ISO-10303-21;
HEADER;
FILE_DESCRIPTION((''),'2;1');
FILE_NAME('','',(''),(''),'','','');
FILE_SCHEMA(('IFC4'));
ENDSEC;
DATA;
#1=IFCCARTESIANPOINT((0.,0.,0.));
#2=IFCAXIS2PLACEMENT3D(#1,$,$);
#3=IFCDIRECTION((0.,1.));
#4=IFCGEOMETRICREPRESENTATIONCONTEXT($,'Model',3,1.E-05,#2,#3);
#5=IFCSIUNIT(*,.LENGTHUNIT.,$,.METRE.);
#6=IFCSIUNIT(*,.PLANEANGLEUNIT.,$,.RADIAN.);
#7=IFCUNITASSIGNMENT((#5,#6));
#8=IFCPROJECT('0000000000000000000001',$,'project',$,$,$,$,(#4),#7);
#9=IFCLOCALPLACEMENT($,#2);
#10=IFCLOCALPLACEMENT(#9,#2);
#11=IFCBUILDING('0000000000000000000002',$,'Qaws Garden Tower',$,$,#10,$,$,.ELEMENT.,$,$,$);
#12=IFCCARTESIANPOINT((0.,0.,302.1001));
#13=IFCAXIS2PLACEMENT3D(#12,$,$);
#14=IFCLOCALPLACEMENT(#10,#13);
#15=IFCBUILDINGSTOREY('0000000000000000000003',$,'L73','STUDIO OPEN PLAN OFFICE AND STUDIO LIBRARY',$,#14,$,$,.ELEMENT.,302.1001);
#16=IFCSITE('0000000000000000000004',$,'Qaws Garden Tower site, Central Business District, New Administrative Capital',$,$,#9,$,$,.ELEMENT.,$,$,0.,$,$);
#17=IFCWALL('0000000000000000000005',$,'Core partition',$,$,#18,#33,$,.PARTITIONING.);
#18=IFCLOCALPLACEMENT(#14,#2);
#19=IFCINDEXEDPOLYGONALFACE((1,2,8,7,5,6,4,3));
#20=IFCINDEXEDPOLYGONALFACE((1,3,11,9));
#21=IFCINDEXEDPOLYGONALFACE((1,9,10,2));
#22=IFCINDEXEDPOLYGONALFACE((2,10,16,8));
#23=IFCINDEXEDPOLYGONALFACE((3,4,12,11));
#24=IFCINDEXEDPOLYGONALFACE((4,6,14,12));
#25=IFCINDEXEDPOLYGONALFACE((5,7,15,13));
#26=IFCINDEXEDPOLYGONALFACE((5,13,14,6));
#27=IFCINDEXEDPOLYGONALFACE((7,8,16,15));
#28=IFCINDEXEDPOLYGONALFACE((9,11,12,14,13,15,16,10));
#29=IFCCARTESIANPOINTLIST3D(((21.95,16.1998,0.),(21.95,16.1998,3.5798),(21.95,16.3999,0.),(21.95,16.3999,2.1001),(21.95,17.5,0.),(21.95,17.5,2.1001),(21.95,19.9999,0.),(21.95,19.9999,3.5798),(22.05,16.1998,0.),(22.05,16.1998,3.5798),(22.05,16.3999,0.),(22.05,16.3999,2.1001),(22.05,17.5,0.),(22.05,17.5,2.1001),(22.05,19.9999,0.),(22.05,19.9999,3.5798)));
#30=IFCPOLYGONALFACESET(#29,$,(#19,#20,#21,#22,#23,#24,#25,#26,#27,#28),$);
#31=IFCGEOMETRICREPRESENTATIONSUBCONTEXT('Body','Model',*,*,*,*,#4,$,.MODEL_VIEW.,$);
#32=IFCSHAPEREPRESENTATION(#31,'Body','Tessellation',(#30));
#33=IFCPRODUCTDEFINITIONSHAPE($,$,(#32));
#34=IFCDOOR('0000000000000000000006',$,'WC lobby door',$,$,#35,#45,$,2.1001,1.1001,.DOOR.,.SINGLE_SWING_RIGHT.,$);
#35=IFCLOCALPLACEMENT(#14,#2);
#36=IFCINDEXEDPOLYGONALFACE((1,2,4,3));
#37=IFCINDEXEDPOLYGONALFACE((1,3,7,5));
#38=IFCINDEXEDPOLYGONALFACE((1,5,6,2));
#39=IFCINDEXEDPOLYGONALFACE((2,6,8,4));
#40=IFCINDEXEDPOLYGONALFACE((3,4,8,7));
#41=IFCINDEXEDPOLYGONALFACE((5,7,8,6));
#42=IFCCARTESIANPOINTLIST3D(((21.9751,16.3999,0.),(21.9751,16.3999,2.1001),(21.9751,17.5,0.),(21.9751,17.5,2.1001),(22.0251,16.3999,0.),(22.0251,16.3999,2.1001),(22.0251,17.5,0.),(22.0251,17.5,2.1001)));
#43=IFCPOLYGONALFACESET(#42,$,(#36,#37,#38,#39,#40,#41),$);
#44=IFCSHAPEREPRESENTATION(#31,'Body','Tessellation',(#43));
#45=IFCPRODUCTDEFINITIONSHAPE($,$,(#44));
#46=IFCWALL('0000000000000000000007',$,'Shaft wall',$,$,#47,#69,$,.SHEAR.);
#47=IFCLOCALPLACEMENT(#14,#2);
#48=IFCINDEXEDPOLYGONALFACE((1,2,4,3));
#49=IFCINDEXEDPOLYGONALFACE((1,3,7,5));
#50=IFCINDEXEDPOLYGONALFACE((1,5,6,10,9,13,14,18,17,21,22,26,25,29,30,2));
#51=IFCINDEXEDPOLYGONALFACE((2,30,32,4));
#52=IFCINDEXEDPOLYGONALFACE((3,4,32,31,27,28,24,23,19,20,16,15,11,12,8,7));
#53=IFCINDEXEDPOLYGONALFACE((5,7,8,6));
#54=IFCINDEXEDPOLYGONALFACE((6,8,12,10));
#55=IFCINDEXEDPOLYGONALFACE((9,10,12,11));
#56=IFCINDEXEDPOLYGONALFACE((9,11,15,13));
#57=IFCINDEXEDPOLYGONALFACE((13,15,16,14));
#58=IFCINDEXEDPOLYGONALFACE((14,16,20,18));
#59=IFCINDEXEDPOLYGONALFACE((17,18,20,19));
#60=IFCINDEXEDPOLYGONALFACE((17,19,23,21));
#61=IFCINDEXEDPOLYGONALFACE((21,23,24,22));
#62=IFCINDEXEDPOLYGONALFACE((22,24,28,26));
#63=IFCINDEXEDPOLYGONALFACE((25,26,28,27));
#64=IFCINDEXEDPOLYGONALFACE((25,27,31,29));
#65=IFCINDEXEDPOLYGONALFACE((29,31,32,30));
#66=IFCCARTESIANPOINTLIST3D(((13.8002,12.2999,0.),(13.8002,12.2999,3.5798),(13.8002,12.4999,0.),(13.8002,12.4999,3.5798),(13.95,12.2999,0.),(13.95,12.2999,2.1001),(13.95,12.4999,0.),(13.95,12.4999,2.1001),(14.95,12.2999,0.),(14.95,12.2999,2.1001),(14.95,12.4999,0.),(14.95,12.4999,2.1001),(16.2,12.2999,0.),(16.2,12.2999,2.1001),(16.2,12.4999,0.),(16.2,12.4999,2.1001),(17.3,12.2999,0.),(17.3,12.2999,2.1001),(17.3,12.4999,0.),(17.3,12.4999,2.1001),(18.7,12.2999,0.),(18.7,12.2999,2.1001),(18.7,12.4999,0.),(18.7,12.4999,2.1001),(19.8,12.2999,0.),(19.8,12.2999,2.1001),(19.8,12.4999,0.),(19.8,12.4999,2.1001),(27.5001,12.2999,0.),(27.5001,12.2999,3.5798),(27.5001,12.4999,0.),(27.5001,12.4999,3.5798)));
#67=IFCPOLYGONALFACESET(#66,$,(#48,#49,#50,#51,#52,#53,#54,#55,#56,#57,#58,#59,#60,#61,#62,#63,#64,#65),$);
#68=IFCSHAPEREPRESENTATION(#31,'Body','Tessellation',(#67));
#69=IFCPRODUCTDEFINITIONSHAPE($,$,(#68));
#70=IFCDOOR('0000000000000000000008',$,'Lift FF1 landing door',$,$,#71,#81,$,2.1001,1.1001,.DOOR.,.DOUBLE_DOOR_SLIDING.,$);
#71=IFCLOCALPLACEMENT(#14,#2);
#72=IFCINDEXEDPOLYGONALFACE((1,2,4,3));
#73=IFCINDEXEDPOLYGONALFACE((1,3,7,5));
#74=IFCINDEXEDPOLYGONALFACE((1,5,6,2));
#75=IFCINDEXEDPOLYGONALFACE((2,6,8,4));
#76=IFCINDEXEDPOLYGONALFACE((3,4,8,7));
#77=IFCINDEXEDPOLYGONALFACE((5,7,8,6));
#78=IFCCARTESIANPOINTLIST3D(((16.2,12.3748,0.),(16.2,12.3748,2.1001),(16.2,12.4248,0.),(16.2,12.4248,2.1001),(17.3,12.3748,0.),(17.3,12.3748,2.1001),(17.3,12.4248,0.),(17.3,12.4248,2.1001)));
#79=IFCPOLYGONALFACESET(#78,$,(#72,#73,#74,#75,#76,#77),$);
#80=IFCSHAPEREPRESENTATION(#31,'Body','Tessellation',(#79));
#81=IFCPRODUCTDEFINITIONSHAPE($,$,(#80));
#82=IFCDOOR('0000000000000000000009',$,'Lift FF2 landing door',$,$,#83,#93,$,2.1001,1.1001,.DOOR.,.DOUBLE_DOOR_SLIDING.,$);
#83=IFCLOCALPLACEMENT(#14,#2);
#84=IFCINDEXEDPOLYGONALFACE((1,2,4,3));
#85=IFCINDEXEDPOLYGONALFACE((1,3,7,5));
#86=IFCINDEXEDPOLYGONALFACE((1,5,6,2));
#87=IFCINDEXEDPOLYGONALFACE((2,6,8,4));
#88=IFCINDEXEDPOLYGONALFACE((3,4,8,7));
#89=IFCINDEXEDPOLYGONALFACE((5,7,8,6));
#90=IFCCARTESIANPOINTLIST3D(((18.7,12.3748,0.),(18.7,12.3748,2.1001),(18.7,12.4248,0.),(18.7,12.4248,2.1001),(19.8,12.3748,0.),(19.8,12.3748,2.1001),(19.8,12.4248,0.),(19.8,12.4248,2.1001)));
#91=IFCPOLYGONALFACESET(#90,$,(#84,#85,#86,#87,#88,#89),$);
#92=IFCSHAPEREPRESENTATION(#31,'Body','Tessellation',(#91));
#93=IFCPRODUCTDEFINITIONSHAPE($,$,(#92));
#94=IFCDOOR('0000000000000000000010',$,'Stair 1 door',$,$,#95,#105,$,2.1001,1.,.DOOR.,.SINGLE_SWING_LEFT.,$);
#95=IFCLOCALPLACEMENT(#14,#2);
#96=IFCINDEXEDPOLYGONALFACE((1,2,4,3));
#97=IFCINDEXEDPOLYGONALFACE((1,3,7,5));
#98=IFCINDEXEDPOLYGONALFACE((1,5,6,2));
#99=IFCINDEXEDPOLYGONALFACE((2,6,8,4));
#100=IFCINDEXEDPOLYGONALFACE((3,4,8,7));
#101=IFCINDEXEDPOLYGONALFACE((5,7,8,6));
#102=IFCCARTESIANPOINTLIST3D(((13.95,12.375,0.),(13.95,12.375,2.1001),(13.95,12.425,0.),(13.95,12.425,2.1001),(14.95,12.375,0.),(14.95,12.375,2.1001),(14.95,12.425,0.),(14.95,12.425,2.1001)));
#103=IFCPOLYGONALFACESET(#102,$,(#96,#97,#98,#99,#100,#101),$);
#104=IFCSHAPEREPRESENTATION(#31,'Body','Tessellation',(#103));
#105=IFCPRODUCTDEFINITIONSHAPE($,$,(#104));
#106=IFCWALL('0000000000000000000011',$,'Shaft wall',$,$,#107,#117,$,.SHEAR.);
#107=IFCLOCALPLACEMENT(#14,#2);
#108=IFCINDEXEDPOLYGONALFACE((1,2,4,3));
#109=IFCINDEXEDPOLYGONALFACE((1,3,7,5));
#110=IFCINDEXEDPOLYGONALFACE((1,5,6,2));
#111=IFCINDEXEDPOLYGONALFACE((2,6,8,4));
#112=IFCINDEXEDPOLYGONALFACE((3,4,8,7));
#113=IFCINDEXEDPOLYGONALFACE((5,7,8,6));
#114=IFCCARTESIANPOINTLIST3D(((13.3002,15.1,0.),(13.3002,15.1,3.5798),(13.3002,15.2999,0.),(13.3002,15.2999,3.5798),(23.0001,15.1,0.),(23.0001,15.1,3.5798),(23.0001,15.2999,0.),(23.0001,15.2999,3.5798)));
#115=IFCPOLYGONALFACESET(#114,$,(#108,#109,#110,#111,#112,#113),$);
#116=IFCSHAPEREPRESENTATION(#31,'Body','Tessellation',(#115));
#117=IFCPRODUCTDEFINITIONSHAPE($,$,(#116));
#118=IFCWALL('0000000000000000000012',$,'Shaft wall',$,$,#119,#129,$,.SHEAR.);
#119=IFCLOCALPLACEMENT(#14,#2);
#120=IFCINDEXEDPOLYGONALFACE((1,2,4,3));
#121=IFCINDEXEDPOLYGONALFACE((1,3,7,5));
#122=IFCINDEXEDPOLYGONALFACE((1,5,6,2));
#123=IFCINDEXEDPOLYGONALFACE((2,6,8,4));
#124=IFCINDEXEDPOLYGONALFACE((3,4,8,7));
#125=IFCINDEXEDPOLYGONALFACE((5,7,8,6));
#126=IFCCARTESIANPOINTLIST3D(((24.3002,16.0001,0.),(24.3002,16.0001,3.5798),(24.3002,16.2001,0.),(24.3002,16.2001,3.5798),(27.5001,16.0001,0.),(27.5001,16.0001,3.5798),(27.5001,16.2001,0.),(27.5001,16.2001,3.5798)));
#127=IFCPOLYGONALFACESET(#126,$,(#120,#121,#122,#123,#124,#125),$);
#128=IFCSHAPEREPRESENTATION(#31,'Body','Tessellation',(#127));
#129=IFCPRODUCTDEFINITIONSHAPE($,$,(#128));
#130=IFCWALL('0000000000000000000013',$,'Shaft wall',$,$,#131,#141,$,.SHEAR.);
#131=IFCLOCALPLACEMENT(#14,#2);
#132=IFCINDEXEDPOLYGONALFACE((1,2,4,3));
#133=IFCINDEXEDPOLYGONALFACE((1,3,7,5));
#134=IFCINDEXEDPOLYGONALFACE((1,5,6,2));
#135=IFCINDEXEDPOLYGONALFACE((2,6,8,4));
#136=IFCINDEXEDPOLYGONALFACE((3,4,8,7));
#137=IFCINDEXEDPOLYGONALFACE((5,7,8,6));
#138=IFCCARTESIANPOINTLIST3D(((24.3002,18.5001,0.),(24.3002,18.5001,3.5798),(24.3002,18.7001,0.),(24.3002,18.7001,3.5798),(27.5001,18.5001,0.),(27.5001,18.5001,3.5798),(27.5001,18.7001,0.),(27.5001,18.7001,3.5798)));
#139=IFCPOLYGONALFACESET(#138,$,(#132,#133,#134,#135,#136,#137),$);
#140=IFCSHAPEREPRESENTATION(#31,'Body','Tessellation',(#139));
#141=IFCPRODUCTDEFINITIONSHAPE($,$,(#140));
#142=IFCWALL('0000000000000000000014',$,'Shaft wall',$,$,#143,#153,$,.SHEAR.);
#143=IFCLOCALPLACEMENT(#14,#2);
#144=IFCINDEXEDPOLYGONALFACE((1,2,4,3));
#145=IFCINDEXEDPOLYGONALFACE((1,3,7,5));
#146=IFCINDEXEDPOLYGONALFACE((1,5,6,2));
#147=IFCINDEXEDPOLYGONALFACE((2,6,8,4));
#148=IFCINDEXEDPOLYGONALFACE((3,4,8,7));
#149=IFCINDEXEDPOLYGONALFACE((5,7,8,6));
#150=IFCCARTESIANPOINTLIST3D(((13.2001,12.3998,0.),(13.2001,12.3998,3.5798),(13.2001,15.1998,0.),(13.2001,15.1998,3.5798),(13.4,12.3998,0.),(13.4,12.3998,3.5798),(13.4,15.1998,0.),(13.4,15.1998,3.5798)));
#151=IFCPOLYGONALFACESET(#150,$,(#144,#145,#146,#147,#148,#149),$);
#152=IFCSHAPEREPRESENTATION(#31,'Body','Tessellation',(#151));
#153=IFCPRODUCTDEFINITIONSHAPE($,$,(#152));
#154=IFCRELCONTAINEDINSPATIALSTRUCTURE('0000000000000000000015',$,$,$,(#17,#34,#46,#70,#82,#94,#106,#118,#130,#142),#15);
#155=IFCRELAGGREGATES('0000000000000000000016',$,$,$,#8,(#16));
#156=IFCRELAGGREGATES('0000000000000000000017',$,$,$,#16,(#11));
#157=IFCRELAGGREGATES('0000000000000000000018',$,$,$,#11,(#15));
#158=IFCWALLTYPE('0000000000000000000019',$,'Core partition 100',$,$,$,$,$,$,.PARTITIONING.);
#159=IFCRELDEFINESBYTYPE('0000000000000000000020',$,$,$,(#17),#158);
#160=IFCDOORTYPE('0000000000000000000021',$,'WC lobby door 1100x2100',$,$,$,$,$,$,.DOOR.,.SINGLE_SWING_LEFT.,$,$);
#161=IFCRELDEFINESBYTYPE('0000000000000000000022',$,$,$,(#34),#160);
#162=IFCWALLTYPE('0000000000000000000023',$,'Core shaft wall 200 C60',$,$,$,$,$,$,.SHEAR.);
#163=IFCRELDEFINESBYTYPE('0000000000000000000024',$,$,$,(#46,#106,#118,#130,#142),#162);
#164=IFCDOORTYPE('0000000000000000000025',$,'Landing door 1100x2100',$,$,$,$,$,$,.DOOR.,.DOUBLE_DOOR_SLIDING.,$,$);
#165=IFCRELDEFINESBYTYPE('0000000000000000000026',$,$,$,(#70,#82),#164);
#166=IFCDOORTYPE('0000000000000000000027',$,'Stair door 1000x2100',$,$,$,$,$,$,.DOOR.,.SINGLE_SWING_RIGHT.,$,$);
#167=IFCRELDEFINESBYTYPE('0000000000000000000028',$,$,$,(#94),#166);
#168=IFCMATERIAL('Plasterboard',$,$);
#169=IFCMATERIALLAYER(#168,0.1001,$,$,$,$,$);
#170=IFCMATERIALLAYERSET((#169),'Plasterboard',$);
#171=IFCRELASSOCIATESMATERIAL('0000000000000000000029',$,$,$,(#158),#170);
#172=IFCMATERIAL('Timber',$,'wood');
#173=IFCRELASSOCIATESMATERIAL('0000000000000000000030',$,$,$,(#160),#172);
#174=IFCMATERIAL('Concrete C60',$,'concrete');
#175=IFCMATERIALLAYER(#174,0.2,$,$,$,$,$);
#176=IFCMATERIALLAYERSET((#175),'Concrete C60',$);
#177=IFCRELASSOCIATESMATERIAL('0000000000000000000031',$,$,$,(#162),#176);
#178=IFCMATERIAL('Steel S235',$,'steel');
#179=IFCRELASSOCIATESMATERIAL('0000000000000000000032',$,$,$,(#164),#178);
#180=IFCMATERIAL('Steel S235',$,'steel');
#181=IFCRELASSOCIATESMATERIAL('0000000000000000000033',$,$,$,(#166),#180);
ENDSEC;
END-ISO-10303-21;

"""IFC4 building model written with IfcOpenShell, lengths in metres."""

from ifc_helpers import new_model, si_unit, direction, frame, frame_2d, origin, place, context, subcontext, project, spatial, rectangle, extrude, material, layer, layer_set, type_object, element, fill, save


model = new_model("IFC4")

# Units and contexts
model_context = context("Model", 3, precision=1e-05, world=origin(), true_north=direction((0.0, 1.0)))
body_context = subcontext(model_context, "Body", "Model", "MODEL_VIEW")
ifc_project = project(units=[si_unit("LENGTHUNIT", "METRE"), si_unit("PLANEANGLEUNIT", "RADIAN")], contexts=[model_context])

# Site, building, storey
site_placement = place(None, origin())
site = spatial("IfcSite", under=ifc_project, at=site_placement, Name="Qaws Garden Tower site, Central Business District, New Administrative Capital", CompositionType="ELEMENT", RefElevation=0.0)
building_placement = place(site_placement, origin())
building = spatial("IfcBuilding", under=site, at=building_placement, Name="Qaws Garden Tower", CompositionType="ELEMENT")
storey_placement = place(building_placement, frame((0.0, 0.0, 302.1001)))
storey = spatial("IfcBuildingStorey", under=building, at=storey_placement, Name="L73", Description="STUDIO OPEN PLAN OFFICE AND STUDIO LIBRARY", CompositionType="ELEMENT", Elevation=302.1001)

# Shared definitions
ifc_material_1 = material(Name="Plasterboard")
ifc_layer_1 = layer(ifc_material_1, 0.1001)
ifc_layer_set_1 = layer_set([ifc_layer_1], Name="Plasterboard")
wall_type_1 = type_object("IfcWallType", Name="Core partition 100", PredefinedType="PARTITIONING", material=ifc_layer_set_1)

# Wall, opening, door
wall_1_placement = place(storey_placement, frame((22.0, 16.2, 0.0), z_axis=(0.0, 0.0, 1.0), x_axis=(0.0, 1.0, 0.0)))
wall_1 = element("IfcWall", 1, at=wall_1_placement, inside=storey, type_object=wall_type_1, Name="Core partition", PredefinedType="PARTITIONING", context=body_context, shape_type="SweptSolid", body=[
    extrude(rectangle(XDim=3.8, YDim=0.1001, at=frame_2d((1.8999, 0.0))), origin(), (0.0, 0.0, 1.0), 3.5798),
])
opening_1_placement = place(wall_1_placement, frame((0.2, 0.0, 0.0)))
opening_1 = element("IfcOpeningElement", 2, at=opening_1_placement, cuts=wall_1, PredefinedType="OPENING", context=body_context, shape_type="SweptSolid", body=[
    extrude(rectangle(XDim=1.1001, YDim=2.1001, at=frame_2d((0.55, 1.05))), frame((0.0, 0.0601, 0.0), z_axis=(0.0, -1.0, 0.0), x_axis=(1.0, 0.0, 0.0)), (0.0, 0.0, 1.0), 0.1201),
])
ifc_material_2 = material(Name="Timber", Category="wood")
door_type_1 = type_object("IfcDoorType", Name="WC lobby door 1100x2100", OperationType="SINGLE_SWING_LEFT", PredefinedType="DOOR", material=ifc_material_2)
door_1_placement = place(opening_1_placement, origin())
door_1 = element("IfcDoor", 3, at=door_1_placement, inside=storey, type_object=door_type_1, Name="WC lobby door", OperationType="SINGLE_SWING_RIGHT", OverallHeight=2.1001, OverallWidth=1.1001, PredefinedType="DOOR", context=body_context, shape_type="SweptSolid", body=[
    extrude(rectangle(XDim=1.1001, YDim=2.1001, at=frame_2d((0.55, 1.05))), frame((0.0, 0.0249, 0.0), z_axis=(0.0, -1.0, 0.0), x_axis=(1.0, 0.0, 0.0)), (0.0, 0.0, 1.0), 0.05),
])
fill(opening_1, door_1)

# Wall, openings, doors
ifc_material_3 = material(Name="Concrete C60", Category="concrete")
ifc_layer_2 = layer(ifc_material_3, 0.2)
ifc_layer_set_2 = layer_set([ifc_layer_2], Name="Concrete C60")
wall_type_2 = type_object("IfcWallType", Name="Core shaft wall 200 C60", PredefinedType="SHEAR", material=ifc_layer_set_2)
wall_2_placement = place(storey_placement, frame((13.8, 12.3999, 0.0), z_axis=(0.0, 0.0, 1.0), x_axis=(1.0, 0.0, 0.0)))
wall_2 = element("IfcWall", 4, at=wall_2_placement, inside=storey, type_object=wall_type_2, Name="Shaft wall", PredefinedType="SHEAR", context=body_context, shape_type="SweptSolid", body=[
    extrude(rectangle(XDim=13.7, YDim=0.2, at=frame_2d((6.8501, 0.0))), origin(), (0.0, 0.0, 1.0), 3.5798),
])
opening_2_placement = place(wall_2_placement, frame((2.3999, 0.0, 0.0)))
opening_2 = element("IfcOpeningElement", 5, at=opening_2_placement, cuts=wall_2, PredefinedType="OPENING", context=body_context, shape_type="SweptSolid", body=[
    extrude(rectangle(XDim=1.1001, YDim=2.1001, at=frame_2d((0.55, 1.05))), frame((0.0, 0.1099, 0.0), z_axis=(0.0, -1.0, 0.0), x_axis=(1.0, 0.0, 0.0)), (0.0, 0.0, 1.0), 0.22),
])
opening_3_placement = place(wall_2_placement, frame((4.8999, 0.0, 0.0)))
opening_3 = element("IfcOpeningElement", 6, at=opening_3_placement, cuts=wall_2, PredefinedType="OPENING", context=body_context, shape_type="SweptSolid", body=[
    extrude(rectangle(XDim=1.1001, YDim=2.1001, at=frame_2d((0.55, 1.05))), frame((0.0, 0.1099, 0.0), z_axis=(0.0, -1.0, 0.0), x_axis=(1.0, 0.0, 0.0)), (0.0, 0.0, 1.0), 0.22),
])
opening_4_placement = place(wall_2_placement, frame((0.1499, 0.0, 0.0)))
opening_4 = element("IfcOpeningElement", 7, at=opening_4_placement, cuts=wall_2, PredefinedType="OPENING", context=body_context, shape_type="SweptSolid", body=[
    extrude(rectangle(XDim=1.0, YDim=2.1001, at=frame_2d((0.5, 1.05))), frame((0.0, 0.1099, 0.0), z_axis=(0.0, -1.0, 0.0), x_axis=(1.0, 0.0, 0.0)), (0.0, 0.0, 1.0), 0.22),
])
ifc_material_4 = material(Name="Steel S235", Category="steel")
door_type_2 = type_object("IfcDoorType", Name="Landing door 1100x2100", OperationType="DOUBLE_DOOR_SLIDING", PredefinedType="DOOR", material=ifc_material_4)
door_2_placement = place(opening_2_placement, origin())
door_2 = element("IfcDoor", 8, at=door_2_placement, inside=storey, type_object=door_type_2, Name="Lift FF1 landing door", OperationType="DOUBLE_DOOR_SLIDING", OverallHeight=2.1001, OverallWidth=1.1001, PredefinedType="DOOR", context=body_context, shape_type="SweptSolid", body=[
    extrude(rectangle(XDim=1.1001, YDim=2.1001, at=frame_2d((0.55, 1.05))), frame((0.0, 0.0249, 0.0), z_axis=(0.0, -1.0, 0.0), x_axis=(1.0, 0.0, 0.0)), (0.0, 0.0, 1.0), 0.05),
])
fill(opening_2, door_2)
door_3_placement = place(opening_3_placement, origin())
door_3 = element("IfcDoor", 9, at=door_3_placement, inside=storey, type_object=door_type_2, Name="Lift FF2 landing door", OperationType="DOUBLE_DOOR_SLIDING", OverallHeight=2.1001, OverallWidth=1.1001, PredefinedType="DOOR", context=body_context, shape_type="SweptSolid", body=[
    extrude(rectangle(XDim=1.1001, YDim=2.1001, at=frame_2d((0.55, 1.05))), frame((0.0, 0.0249, 0.0), z_axis=(0.0, -1.0, 0.0), x_axis=(1.0, 0.0, 0.0)), (0.0, 0.0, 1.0), 0.05),
])
fill(opening_3, door_3)
ifc_material_5 = material(Name="Steel S235", Category="steel")
door_type_3 = type_object("IfcDoorType", Name="Stair door 1000x2100", OperationType="SINGLE_SWING_RIGHT", PredefinedType="DOOR", material=ifc_material_5)
door_4_placement = place(opening_4_placement, frame((1.0, 0.0, 0.0), z_axis=(0.0, 0.0, 1.0), x_axis=(-1.0, 0.0, 0.0)))
door_4 = element("IfcDoor", 10, at=door_4_placement, inside=storey, type_object=door_type_3, Name="Stair 1 door", OperationType="SINGLE_SWING_LEFT", OverallHeight=2.1001, OverallWidth=1.0, PredefinedType="DOOR", context=body_context, shape_type="SweptSolid", body=[
    extrude(rectangle(XDim=1.0, YDim=2.1001, at=frame_2d((0.5, 1.05))), frame((0.0, 0.0249, 0.0), z_axis=(0.0, -1.0, 0.0), x_axis=(1.0, 0.0, 0.0)), (0.0, 0.0, 1.0), 0.05),
])
fill(opening_4, door_4)

# Walls
wall_3_placement = place(storey_placement, frame((13.3, 15.2, 0.0), z_axis=(0.0, 0.0, 1.0), x_axis=(1.0, 0.0, 0.0)))
element("IfcWall", 11, at=wall_3_placement, inside=storey, type_object=wall_type_2, Name="Shaft wall", PredefinedType="SHEAR", context=body_context, shape_type="SweptSolid", body=[
    extrude(rectangle(XDim=9.7, YDim=0.2, at=frame_2d((4.8501, 0.0))), origin(), (0.0, 0.0, 1.0), 3.5798),
])
for number, where, z_axis, x_axis, name in (
    (12, (24.3, 16.1001, 0.0), (0.0, 0.0, 1.0), (1.0, 0.0, 0.0), "Shaft wall"),
    (13, (24.3, 18.6001, 0.0), (0.0, 0.0, 1.0), (1.0, 0.0, 0.0), "Shaft wall"),
):
    element("IfcWall", number, at=place(storey_placement, frame(where, z_axis=z_axis, x_axis=x_axis)), inside=storey, type_object=wall_type_2, Name=name, PredefinedType="SHEAR", context=body_context, shape_type="SweptSolid", body=[
        extrude(rectangle(XDim=3.2, YDim=0.2, at=frame_2d((1.6001, 0.0))), origin(), (0.0, 0.0, 1.0), 3.5798),
    ])
wall_4_placement = place(storey_placement, frame((13.3, 12.3999, 0.0), z_axis=(0.0, 0.0, 1.0), x_axis=(0.0, 1.0, 0.0)))
element("IfcWall", 14, at=wall_4_placement, inside=storey, type_object=wall_type_2, Name="Shaft wall", PredefinedType="SHEAR", context=body_context, shape_type="SweptSolid", body=[
    extrude(rectangle(XDim=2.8, YDim=0.2, at=frame_2d((1.3999, 0.0))), origin(), (0.0, 0.0, 1.0), 3.5798),
])

save(model, "model.ifc")
